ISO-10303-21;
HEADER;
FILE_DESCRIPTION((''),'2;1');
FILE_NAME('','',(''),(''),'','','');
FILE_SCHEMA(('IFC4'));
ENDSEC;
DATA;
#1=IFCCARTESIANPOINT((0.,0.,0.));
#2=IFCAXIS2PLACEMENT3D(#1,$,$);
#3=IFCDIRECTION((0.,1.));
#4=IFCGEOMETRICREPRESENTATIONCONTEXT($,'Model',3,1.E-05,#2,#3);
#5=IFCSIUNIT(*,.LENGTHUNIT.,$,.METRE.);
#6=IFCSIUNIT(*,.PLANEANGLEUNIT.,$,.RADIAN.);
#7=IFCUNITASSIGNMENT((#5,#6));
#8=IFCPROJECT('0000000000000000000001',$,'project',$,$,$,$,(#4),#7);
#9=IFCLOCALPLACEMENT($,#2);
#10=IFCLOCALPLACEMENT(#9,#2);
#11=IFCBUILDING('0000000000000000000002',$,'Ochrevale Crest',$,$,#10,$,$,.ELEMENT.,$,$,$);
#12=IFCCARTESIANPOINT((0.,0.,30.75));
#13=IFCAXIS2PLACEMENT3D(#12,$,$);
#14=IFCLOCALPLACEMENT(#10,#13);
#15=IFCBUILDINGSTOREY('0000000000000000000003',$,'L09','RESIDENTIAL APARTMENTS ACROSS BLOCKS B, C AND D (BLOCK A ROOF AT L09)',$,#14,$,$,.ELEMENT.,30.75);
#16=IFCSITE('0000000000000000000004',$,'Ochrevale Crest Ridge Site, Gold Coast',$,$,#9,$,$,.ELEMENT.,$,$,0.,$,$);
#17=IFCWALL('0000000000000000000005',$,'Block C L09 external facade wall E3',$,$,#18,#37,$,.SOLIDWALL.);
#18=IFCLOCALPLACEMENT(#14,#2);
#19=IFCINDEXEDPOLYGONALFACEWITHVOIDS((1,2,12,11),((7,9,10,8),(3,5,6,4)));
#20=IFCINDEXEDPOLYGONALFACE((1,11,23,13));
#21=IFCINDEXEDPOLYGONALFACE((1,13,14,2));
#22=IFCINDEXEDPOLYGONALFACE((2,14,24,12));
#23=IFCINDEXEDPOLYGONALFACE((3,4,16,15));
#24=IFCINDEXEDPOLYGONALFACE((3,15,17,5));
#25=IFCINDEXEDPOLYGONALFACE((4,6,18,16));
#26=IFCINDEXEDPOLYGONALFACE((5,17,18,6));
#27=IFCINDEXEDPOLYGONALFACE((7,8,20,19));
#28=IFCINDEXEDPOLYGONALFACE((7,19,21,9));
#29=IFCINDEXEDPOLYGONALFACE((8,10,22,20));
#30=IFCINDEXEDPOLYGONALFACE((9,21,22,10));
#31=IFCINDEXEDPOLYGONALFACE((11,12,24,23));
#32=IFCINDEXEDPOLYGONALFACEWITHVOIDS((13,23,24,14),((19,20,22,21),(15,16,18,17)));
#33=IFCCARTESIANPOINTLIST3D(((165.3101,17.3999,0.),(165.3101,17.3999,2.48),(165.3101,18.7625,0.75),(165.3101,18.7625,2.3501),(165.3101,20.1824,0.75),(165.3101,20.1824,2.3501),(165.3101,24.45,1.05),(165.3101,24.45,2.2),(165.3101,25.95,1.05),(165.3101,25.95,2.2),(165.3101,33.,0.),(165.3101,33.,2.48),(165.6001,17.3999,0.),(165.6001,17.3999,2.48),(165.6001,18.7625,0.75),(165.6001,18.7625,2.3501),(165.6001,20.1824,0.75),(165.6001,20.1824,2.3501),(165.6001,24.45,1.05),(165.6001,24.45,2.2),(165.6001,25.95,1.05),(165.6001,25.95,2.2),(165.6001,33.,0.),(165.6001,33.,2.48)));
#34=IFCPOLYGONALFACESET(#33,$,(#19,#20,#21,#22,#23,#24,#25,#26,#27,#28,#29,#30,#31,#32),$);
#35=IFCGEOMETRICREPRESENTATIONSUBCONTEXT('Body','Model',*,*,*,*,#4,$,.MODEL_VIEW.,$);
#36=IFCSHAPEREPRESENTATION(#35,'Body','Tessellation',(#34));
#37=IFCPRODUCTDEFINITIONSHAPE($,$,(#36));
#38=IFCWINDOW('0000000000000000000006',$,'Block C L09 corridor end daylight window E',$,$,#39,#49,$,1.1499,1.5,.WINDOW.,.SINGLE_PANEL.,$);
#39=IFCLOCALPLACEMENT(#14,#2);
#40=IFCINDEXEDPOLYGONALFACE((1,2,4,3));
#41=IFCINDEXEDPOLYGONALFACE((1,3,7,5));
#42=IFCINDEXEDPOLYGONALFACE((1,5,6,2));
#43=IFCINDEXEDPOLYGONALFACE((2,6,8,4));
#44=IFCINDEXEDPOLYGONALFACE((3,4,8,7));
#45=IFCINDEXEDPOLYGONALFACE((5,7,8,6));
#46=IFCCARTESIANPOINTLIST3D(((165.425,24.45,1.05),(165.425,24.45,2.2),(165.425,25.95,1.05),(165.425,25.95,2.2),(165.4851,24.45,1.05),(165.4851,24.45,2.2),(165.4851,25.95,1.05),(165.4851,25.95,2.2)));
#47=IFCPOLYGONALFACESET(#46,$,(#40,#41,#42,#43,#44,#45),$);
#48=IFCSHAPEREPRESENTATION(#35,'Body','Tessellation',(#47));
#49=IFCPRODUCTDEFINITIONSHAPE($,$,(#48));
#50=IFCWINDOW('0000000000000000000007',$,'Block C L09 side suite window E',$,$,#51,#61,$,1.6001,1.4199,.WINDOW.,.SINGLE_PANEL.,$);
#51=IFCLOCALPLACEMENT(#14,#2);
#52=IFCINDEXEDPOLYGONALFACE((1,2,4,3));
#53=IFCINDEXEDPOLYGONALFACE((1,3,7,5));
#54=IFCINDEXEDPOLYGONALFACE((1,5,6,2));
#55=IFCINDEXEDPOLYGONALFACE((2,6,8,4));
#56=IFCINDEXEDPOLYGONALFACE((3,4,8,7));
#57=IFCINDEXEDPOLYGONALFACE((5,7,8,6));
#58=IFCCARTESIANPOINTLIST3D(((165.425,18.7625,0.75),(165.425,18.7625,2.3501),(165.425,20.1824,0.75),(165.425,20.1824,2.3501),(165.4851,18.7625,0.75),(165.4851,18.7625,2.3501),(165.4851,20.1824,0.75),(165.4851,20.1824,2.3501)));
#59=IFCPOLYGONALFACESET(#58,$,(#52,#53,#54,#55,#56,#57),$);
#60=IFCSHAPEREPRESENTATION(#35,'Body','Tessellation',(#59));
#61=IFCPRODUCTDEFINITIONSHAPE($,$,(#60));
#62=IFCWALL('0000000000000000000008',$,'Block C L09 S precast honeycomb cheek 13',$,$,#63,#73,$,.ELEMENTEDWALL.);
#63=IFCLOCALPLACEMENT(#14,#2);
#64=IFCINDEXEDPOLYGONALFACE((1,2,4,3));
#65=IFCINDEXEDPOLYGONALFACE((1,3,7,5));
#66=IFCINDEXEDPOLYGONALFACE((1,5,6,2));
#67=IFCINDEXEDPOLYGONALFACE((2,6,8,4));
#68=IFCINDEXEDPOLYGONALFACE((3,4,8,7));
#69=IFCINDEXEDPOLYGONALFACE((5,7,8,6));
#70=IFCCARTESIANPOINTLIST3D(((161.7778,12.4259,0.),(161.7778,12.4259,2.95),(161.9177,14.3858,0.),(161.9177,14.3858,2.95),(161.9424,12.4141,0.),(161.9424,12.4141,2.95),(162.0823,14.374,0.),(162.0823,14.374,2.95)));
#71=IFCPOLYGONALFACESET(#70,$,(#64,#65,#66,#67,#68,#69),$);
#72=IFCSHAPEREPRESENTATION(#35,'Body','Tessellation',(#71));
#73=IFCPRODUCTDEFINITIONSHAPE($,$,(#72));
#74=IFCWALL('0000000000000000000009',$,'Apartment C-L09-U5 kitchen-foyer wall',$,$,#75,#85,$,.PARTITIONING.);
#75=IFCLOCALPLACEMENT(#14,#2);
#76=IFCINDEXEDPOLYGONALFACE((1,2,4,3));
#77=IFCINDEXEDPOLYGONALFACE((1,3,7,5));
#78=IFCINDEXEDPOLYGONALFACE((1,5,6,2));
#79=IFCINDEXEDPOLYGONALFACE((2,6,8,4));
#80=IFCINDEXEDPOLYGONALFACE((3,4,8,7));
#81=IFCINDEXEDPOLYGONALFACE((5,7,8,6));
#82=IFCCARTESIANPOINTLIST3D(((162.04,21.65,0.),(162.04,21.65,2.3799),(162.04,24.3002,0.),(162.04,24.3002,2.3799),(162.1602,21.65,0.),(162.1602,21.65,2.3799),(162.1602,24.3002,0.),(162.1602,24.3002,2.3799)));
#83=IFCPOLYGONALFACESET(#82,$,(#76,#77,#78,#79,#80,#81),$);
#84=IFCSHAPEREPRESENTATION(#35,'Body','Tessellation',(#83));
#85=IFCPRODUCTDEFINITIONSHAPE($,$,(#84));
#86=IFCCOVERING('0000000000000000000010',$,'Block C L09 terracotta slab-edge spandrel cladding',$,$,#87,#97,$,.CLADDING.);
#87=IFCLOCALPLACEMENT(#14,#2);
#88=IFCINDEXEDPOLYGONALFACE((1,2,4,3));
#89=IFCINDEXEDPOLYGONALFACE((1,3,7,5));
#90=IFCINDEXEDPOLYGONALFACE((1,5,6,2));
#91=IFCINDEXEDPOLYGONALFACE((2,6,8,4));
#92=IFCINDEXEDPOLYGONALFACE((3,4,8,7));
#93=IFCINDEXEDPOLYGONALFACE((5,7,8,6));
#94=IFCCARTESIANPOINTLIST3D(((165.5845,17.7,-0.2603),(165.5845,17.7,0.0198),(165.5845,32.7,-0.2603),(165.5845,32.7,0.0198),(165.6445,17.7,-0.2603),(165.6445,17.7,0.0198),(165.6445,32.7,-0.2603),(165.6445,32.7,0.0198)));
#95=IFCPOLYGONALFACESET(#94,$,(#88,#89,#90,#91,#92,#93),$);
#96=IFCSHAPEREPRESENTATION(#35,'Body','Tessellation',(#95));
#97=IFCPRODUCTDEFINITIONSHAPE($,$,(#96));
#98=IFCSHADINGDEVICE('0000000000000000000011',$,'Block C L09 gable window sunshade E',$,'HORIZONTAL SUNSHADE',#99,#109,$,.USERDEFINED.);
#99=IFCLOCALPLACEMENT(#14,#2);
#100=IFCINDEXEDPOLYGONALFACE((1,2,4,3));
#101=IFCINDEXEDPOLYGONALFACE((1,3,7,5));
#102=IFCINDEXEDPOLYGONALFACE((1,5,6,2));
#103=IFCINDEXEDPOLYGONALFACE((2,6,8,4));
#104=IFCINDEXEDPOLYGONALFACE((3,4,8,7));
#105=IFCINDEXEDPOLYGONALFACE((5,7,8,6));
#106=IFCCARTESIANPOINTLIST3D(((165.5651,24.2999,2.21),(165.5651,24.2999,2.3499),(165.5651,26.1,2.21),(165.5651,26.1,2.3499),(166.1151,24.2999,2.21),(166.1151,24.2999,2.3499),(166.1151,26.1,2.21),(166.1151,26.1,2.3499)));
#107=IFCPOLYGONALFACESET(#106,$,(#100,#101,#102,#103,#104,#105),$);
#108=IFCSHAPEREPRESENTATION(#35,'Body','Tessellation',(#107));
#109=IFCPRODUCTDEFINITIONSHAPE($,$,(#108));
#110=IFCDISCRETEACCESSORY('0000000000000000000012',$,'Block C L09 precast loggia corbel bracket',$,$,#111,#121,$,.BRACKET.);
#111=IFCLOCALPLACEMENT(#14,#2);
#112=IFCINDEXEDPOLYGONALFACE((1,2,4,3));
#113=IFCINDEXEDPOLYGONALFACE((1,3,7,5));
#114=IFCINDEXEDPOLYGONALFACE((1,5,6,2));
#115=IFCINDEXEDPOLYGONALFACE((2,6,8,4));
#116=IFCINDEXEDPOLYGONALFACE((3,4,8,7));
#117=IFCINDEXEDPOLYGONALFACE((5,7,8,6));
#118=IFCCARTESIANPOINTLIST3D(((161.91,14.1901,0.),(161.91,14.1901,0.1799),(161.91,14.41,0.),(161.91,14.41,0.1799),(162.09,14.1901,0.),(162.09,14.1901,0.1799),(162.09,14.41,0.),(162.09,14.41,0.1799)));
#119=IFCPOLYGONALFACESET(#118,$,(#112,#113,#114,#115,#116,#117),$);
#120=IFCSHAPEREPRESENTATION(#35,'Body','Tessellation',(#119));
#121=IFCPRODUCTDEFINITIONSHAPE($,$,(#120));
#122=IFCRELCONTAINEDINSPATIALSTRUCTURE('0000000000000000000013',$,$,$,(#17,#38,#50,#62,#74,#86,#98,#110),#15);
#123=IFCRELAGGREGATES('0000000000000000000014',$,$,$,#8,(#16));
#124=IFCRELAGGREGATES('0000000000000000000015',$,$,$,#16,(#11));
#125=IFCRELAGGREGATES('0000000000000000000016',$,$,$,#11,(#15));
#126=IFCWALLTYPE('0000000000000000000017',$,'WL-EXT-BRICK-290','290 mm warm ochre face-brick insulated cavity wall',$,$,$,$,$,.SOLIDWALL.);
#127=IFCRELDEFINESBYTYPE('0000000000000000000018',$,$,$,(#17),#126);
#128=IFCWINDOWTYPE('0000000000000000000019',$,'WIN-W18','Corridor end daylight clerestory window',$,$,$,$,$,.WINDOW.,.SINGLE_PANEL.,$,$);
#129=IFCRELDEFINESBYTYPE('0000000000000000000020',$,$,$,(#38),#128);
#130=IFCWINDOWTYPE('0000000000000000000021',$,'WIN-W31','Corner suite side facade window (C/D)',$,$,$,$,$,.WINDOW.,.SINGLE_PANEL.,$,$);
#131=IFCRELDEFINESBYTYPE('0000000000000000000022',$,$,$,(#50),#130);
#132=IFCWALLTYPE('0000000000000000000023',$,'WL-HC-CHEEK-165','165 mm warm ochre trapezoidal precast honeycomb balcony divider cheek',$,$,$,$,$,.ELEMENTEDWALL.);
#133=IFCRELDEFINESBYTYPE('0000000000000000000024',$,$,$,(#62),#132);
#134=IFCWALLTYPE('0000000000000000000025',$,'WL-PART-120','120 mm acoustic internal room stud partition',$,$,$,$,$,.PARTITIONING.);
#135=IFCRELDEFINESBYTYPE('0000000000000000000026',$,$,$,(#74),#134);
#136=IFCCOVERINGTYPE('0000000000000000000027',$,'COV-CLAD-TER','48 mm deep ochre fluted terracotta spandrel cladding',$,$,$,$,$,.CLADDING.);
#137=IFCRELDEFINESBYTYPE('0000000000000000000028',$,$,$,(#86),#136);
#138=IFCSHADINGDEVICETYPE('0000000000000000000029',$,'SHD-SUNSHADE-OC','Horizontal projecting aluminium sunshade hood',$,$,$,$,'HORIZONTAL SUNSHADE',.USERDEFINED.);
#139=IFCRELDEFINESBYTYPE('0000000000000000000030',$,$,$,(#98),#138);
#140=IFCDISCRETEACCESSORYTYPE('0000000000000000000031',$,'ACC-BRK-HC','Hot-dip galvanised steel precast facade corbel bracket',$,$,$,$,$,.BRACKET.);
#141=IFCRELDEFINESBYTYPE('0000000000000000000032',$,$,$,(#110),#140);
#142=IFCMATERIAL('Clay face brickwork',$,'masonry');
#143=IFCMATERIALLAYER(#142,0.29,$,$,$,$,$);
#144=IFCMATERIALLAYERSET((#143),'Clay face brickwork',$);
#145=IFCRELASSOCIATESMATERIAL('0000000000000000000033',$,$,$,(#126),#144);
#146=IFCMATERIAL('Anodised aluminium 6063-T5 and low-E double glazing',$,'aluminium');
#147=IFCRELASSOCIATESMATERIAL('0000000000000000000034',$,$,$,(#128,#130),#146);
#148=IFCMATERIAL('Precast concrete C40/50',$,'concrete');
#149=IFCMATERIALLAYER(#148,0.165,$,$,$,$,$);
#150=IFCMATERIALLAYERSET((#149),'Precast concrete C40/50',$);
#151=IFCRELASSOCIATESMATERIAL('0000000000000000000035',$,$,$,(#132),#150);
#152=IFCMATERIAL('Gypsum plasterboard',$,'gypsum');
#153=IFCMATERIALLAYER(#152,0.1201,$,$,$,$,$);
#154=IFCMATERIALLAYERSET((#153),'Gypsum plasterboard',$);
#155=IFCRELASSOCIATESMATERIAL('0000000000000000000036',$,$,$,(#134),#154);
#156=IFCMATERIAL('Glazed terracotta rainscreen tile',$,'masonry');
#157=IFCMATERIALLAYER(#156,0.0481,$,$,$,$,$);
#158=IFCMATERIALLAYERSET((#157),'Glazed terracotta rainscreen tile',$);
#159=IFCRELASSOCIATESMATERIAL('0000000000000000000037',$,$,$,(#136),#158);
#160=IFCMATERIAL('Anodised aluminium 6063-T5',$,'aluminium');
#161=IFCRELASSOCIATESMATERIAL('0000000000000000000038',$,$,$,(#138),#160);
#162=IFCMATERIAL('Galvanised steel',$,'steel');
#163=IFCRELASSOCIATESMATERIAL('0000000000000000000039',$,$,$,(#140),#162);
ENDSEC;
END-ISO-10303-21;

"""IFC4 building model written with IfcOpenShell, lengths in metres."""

from ifc_helpers import new_model, si_unit, direction, frame, frame_2d, origin, origin_2d, place, context, subcontext, project, spatial, rectangle, extrude, material, layer, layer_set, type_object, element, fill, save


model = new_model("IFC4")

# Units and contexts
model_context = context("Model", 3, precision=1e-05, world=origin(), true_north=direction((0.0, 1.0)))
body_context = subcontext(model_context, "Body", "Model", "MODEL_VIEW")
ifc_project = project(units=[si_unit("LENGTHUNIT", "METRE"), si_unit("PLANEANGLEUNIT", "RADIAN")], contexts=[model_context])

# Site, building, storey
site_placement = place(None, origin())
site = spatial("IfcSite", under=ifc_project, at=site_placement, Name="Ochrevale Crest Ridge Site, Gold Coast", CompositionType="ELEMENT", RefElevation=0.0)
building_placement = place(site_placement, origin())
building = spatial("IfcBuilding", under=site, at=building_placement, Name="Ochrevale Crest", CompositionType="ELEMENT")
storey_placement = place(building_placement, frame((0.0, 0.0, 30.75)))
storey = spatial("IfcBuildingStorey", under=building, at=storey_placement, Name="L09", Description="RESIDENTIAL APARTMENTS ACROSS BLOCKS B, C AND D (BLOCK A ROOF AT L09)", CompositionType="ELEMENT", Elevation=30.75)

# Shared definitions
ifc_material_1 = material(Name="Precast concrete C40/50", Category="concrete")

# Shared definitions
ifc_material_2 = material(Name="Anodised aluminium 6063-T5", Category="aluminium")

# Wall, openings, windows
ifc_material_3 = material(Name="Clay face brickwork", Category="masonry")
ifc_layer_1 = layer(ifc_material_3, 0.29)
ifc_layer_set_1 = layer_set([ifc_layer_1], Name="Clay face brickwork")
wall_type_1 = type_object("IfcWallType", Name="WL-EXT-BRICK-290", Description="290 mm warm ochre face-brick insulated cavity wall", PredefinedType="SOLIDWALL", material=ifc_layer_set_1)
wall_1_placement = place(storey_placement, frame((165.4551, 17.3999, 0.0), z_axis=(0.0, 0.0, 1.0), x_axis=(0.0, 1.0, 0.0)))
wall_1 = element("IfcWall", 1, at=wall_1_placement, inside=storey, type_object=wall_type_1, Name="Block C L09 external facade wall E3", PredefinedType="SOLIDWALL", context=body_context, shape_type="SweptSolid", body=[
    extrude(rectangle(XDim=15.6001, YDim=0.29, at=frame_2d((7.8, 0.0))), origin(), (0.0, 0.0, 1.0), 2.48),
])
opening_1_placement = place(wall_1_placement, frame((7.05, 0.0, 1.05)))
opening_1 = element("IfcOpeningElement", 2, at=opening_1_placement, cuts=wall_1, PredefinedType="OPENING", context=body_context, shape_type="SweptSolid", body=[
    extrude(rectangle(XDim=1.5, YDim=1.1499, at=frame_2d((0.75, 0.575))), frame((0.0, 0.155, 0.0), z_axis=(0.0, -1.0, 0.0), x_axis=(1.0, 0.0, 0.0)), (0.0, 0.0, 1.0), 0.3101),
])
opening_2_placement = place(wall_1_placement, frame((1.3625, 0.0, 0.75)))
opening_2 = element("IfcOpeningElement", 3, at=opening_2_placement, cuts=wall_1, PredefinedType="OPENING", context=body_context, shape_type="SweptSolid", body=[
    extrude(rectangle(XDim=1.4199, YDim=1.6001, at=frame_2d((0.71, 0.8))), frame((0.0, 0.155, 0.0), z_axis=(0.0, -1.0, 0.0), x_axis=(1.0, 0.0, 0.0)), (0.0, 0.0, 1.0), 0.3101),
])
ifc_material_4 = material(Name="Anodised aluminium 6063-T5 and low-E double glazing", Category="aluminium")
window_type_1 = type_object("IfcWindowType", Name="WIN-W18", Description="Corridor end daylight clerestory window", PartitioningType="SINGLE_PANEL", PredefinedType="WINDOW", material=ifc_material_4)
window_1_placement = place(opening_1_placement, origin())
window_1 = element("IfcWindow", 4, at=window_1_placement, inside=storey, type_object=window_type_1, Name="Block C L09 corridor end daylight window E", OverallHeight=1.1499, OverallWidth=1.5, PartitioningType="SINGLE_PANEL", PredefinedType="WINDOW", context=body_context, shape_type="SweptSolid", body=[
    extrude(rectangle(XDim=1.5, YDim=1.1499, at=frame_2d((0.75, 0.575))), frame((0.0, 0.03, 0.0), z_axis=(0.0, -1.0, 0.0), x_axis=(1.0, 0.0, 0.0)), (0.0, 0.0, 1.0), 0.0601),
])
fill(opening_1, window_1)
window_type_2 = type_object("IfcWindowType", Name="WIN-W31", Description="Corner suite side facade window (C/D)", PartitioningType="SINGLE_PANEL", PredefinedType="WINDOW", material=ifc_material_4)
window_2_placement = place(opening_2_placement, origin())
window_2 = element("IfcWindow", 5, at=window_2_placement, inside=storey, type_object=window_type_2, Name="Block C L09 side suite window E", OverallHeight=1.6001, OverallWidth=1.4199, PartitioningType="SINGLE_PANEL", PredefinedType="WINDOW", context=body_context, shape_type="SweptSolid", body=[
    extrude(rectangle(XDim=1.4199, YDim=1.6001, at=frame_2d((0.71, 0.8))), frame((0.0, 0.03, 0.0), z_axis=(0.0, -1.0, 0.0), x_axis=(1.0, 0.0, 0.0)), (0.0, 0.0, 1.0), 0.0601),
])
fill(opening_2, window_2)

# Walls
ifc_layer_2 = layer(ifc_material_1, 0.165)
ifc_layer_set_2 = layer_set([ifc_layer_2], Name="Precast concrete C40/50")
wall_type_2 = type_object("IfcWallType", Name="WL-HC-CHEEK-165", Description="165 mm warm ochre trapezoidal precast honeycomb balcony divider cheek", PredefinedType="ELEMENTEDWALL", material=ifc_layer_set_2)
wall_2_placement = place(storey_placement, frame((162.0, 14.3799, 0.0), z_axis=(0.0, 0.0, 1.0), x_axis=(-0.071194, -0.997462, 0.0)))
element("IfcWall", 6, at=wall_2_placement, inside=storey, type_object=wall_type_2, Name="Block C L09 S precast honeycomb cheek 13", PredefinedType="ELEMENTEDWALL", context=body_context, shape_type="SweptSolid", body=[
    extrude(rectangle(XDim=1.9648, YDim=0.165, at=frame_2d((0.9824, 0.0))), origin(), (0.0, 0.0, 1.0), 2.95),
])
ifc_material_5 = material(Name="Gypsum plasterboard", Category="gypsum")
ifc_layer_3 = layer(ifc_material_5, 0.1201)
ifc_layer_set_3 = layer_set([ifc_layer_3], Name="Gypsum plasterboard")
wall_type_3 = type_object("IfcWallType", Name="WL-PART-120", Description="120 mm acoustic internal room stud partition", PredefinedType="PARTITIONING", material=ifc_layer_set_3)
wall_3_placement = place(storey_placement, frame((162.1001, 21.6499, 0.0), z_axis=(0.0, 0.0, 1.0), x_axis=(0.0, 1.0, 0.0)))
element("IfcWall", 7, at=wall_3_placement, inside=storey, type_object=wall_type_3, Name="Apartment C-L09-U5 kitchen-foyer wall", PredefinedType="PARTITIONING", context=body_context, shape_type="SweptSolid", body=[
    extrude(rectangle(XDim=2.6501, YDim=0.1201, at=frame_2d((1.3252, 0.0))), origin(), (0.0, 0.0, 1.0), 2.3799),
])

# Covering
ifc_material_6 = material(Name="Glazed terracotta rainscreen tile", Category="masonry")
ifc_layer_4 = layer(ifc_material_6, 0.0481)
ifc_layer_set_4 = layer_set([ifc_layer_4], Name="Glazed terracotta rainscreen tile")
covering_type = type_object("IfcCoveringType", Name="COV-CLAD-TER", Description="48 mm deep ochre fluted terracotta spandrel cladding", PredefinedType="CLADDING", material=ifc_layer_set_4)
covering_placement = place(storey_placement, frame((165.6145, 25.2, -0.2603), z_axis=(0.0, 0.0, 1.0), x_axis=(0.0, 1.0, 0.0)))
element("IfcCovering", 8, at=covering_placement, inside=storey, type_object=covering_type, Name="Block C L09 terracotta slab-edge spandrel cladding", PredefinedType="CLADDING", context=body_context, shape_type="SweptSolid", body=[
    extrude(rectangle(XDim=15.0, YDim=0.0601, at=origin_2d()), origin(), (0.0, 0.0, 1.0), 0.28),
])

# Shading device
shading_device_type = type_object("IfcShadingDeviceType", Name="SHD-SUNSHADE-OC", Description="Horizontal projecting aluminium sunshade hood", ElementType="HORIZONTAL SUNSHADE", PredefinedType="USERDEFINED", material=ifc_material_2)
shading_device_placement = place(storey_placement, frame((165.8401, 25.2, 2.21), z_axis=(0.0, 0.0, 1.0), x_axis=(1.0, 0.0, 0.0)))
element("IfcShadingDevice", 9, at=shading_device_placement, inside=storey, type_object=shading_device_type, Name="Block C L09 gable window sunshade E", ObjectType="HORIZONTAL SUNSHADE", PredefinedType="USERDEFINED", context=body_context, shape_type="SweptSolid", body=[
    extrude(rectangle(XDim=0.55, YDim=1.8, at=origin_2d()), origin(), (0.0, 0.0, 1.0), 0.1399),
])

# Discrete accessory
ifc_material_7 = material(Name="Galvanised steel", Category="steel")
discrete_accessory_type = type_object("IfcDiscreteAccessoryType", Name="ACC-BRK-HC", Description="Hot-dip galvanised steel precast facade corbel bracket", PredefinedType="BRACKET", material=ifc_material_7)
discrete_accessory_placement = place(storey_placement, frame((162.0, 14.3, 0.0), z_axis=(0.0, 0.0, 1.0), x_axis=(1.0, 0.0, 0.0)))
element("IfcDiscreteAccessory", 10, at=discrete_accessory_placement, inside=storey, type_object=discrete_accessory_type, Name="Block C L09 precast loggia corbel bracket", PredefinedType="BRACKET", context=body_context, shape_type="SweptSolid", body=[
    extrude(rectangle(XDim=0.1799, YDim=0.22, at=origin_2d()), origin(), (0.0, 0.0, 1.0), 0.1799),
])

save(model, "model.ifc")
